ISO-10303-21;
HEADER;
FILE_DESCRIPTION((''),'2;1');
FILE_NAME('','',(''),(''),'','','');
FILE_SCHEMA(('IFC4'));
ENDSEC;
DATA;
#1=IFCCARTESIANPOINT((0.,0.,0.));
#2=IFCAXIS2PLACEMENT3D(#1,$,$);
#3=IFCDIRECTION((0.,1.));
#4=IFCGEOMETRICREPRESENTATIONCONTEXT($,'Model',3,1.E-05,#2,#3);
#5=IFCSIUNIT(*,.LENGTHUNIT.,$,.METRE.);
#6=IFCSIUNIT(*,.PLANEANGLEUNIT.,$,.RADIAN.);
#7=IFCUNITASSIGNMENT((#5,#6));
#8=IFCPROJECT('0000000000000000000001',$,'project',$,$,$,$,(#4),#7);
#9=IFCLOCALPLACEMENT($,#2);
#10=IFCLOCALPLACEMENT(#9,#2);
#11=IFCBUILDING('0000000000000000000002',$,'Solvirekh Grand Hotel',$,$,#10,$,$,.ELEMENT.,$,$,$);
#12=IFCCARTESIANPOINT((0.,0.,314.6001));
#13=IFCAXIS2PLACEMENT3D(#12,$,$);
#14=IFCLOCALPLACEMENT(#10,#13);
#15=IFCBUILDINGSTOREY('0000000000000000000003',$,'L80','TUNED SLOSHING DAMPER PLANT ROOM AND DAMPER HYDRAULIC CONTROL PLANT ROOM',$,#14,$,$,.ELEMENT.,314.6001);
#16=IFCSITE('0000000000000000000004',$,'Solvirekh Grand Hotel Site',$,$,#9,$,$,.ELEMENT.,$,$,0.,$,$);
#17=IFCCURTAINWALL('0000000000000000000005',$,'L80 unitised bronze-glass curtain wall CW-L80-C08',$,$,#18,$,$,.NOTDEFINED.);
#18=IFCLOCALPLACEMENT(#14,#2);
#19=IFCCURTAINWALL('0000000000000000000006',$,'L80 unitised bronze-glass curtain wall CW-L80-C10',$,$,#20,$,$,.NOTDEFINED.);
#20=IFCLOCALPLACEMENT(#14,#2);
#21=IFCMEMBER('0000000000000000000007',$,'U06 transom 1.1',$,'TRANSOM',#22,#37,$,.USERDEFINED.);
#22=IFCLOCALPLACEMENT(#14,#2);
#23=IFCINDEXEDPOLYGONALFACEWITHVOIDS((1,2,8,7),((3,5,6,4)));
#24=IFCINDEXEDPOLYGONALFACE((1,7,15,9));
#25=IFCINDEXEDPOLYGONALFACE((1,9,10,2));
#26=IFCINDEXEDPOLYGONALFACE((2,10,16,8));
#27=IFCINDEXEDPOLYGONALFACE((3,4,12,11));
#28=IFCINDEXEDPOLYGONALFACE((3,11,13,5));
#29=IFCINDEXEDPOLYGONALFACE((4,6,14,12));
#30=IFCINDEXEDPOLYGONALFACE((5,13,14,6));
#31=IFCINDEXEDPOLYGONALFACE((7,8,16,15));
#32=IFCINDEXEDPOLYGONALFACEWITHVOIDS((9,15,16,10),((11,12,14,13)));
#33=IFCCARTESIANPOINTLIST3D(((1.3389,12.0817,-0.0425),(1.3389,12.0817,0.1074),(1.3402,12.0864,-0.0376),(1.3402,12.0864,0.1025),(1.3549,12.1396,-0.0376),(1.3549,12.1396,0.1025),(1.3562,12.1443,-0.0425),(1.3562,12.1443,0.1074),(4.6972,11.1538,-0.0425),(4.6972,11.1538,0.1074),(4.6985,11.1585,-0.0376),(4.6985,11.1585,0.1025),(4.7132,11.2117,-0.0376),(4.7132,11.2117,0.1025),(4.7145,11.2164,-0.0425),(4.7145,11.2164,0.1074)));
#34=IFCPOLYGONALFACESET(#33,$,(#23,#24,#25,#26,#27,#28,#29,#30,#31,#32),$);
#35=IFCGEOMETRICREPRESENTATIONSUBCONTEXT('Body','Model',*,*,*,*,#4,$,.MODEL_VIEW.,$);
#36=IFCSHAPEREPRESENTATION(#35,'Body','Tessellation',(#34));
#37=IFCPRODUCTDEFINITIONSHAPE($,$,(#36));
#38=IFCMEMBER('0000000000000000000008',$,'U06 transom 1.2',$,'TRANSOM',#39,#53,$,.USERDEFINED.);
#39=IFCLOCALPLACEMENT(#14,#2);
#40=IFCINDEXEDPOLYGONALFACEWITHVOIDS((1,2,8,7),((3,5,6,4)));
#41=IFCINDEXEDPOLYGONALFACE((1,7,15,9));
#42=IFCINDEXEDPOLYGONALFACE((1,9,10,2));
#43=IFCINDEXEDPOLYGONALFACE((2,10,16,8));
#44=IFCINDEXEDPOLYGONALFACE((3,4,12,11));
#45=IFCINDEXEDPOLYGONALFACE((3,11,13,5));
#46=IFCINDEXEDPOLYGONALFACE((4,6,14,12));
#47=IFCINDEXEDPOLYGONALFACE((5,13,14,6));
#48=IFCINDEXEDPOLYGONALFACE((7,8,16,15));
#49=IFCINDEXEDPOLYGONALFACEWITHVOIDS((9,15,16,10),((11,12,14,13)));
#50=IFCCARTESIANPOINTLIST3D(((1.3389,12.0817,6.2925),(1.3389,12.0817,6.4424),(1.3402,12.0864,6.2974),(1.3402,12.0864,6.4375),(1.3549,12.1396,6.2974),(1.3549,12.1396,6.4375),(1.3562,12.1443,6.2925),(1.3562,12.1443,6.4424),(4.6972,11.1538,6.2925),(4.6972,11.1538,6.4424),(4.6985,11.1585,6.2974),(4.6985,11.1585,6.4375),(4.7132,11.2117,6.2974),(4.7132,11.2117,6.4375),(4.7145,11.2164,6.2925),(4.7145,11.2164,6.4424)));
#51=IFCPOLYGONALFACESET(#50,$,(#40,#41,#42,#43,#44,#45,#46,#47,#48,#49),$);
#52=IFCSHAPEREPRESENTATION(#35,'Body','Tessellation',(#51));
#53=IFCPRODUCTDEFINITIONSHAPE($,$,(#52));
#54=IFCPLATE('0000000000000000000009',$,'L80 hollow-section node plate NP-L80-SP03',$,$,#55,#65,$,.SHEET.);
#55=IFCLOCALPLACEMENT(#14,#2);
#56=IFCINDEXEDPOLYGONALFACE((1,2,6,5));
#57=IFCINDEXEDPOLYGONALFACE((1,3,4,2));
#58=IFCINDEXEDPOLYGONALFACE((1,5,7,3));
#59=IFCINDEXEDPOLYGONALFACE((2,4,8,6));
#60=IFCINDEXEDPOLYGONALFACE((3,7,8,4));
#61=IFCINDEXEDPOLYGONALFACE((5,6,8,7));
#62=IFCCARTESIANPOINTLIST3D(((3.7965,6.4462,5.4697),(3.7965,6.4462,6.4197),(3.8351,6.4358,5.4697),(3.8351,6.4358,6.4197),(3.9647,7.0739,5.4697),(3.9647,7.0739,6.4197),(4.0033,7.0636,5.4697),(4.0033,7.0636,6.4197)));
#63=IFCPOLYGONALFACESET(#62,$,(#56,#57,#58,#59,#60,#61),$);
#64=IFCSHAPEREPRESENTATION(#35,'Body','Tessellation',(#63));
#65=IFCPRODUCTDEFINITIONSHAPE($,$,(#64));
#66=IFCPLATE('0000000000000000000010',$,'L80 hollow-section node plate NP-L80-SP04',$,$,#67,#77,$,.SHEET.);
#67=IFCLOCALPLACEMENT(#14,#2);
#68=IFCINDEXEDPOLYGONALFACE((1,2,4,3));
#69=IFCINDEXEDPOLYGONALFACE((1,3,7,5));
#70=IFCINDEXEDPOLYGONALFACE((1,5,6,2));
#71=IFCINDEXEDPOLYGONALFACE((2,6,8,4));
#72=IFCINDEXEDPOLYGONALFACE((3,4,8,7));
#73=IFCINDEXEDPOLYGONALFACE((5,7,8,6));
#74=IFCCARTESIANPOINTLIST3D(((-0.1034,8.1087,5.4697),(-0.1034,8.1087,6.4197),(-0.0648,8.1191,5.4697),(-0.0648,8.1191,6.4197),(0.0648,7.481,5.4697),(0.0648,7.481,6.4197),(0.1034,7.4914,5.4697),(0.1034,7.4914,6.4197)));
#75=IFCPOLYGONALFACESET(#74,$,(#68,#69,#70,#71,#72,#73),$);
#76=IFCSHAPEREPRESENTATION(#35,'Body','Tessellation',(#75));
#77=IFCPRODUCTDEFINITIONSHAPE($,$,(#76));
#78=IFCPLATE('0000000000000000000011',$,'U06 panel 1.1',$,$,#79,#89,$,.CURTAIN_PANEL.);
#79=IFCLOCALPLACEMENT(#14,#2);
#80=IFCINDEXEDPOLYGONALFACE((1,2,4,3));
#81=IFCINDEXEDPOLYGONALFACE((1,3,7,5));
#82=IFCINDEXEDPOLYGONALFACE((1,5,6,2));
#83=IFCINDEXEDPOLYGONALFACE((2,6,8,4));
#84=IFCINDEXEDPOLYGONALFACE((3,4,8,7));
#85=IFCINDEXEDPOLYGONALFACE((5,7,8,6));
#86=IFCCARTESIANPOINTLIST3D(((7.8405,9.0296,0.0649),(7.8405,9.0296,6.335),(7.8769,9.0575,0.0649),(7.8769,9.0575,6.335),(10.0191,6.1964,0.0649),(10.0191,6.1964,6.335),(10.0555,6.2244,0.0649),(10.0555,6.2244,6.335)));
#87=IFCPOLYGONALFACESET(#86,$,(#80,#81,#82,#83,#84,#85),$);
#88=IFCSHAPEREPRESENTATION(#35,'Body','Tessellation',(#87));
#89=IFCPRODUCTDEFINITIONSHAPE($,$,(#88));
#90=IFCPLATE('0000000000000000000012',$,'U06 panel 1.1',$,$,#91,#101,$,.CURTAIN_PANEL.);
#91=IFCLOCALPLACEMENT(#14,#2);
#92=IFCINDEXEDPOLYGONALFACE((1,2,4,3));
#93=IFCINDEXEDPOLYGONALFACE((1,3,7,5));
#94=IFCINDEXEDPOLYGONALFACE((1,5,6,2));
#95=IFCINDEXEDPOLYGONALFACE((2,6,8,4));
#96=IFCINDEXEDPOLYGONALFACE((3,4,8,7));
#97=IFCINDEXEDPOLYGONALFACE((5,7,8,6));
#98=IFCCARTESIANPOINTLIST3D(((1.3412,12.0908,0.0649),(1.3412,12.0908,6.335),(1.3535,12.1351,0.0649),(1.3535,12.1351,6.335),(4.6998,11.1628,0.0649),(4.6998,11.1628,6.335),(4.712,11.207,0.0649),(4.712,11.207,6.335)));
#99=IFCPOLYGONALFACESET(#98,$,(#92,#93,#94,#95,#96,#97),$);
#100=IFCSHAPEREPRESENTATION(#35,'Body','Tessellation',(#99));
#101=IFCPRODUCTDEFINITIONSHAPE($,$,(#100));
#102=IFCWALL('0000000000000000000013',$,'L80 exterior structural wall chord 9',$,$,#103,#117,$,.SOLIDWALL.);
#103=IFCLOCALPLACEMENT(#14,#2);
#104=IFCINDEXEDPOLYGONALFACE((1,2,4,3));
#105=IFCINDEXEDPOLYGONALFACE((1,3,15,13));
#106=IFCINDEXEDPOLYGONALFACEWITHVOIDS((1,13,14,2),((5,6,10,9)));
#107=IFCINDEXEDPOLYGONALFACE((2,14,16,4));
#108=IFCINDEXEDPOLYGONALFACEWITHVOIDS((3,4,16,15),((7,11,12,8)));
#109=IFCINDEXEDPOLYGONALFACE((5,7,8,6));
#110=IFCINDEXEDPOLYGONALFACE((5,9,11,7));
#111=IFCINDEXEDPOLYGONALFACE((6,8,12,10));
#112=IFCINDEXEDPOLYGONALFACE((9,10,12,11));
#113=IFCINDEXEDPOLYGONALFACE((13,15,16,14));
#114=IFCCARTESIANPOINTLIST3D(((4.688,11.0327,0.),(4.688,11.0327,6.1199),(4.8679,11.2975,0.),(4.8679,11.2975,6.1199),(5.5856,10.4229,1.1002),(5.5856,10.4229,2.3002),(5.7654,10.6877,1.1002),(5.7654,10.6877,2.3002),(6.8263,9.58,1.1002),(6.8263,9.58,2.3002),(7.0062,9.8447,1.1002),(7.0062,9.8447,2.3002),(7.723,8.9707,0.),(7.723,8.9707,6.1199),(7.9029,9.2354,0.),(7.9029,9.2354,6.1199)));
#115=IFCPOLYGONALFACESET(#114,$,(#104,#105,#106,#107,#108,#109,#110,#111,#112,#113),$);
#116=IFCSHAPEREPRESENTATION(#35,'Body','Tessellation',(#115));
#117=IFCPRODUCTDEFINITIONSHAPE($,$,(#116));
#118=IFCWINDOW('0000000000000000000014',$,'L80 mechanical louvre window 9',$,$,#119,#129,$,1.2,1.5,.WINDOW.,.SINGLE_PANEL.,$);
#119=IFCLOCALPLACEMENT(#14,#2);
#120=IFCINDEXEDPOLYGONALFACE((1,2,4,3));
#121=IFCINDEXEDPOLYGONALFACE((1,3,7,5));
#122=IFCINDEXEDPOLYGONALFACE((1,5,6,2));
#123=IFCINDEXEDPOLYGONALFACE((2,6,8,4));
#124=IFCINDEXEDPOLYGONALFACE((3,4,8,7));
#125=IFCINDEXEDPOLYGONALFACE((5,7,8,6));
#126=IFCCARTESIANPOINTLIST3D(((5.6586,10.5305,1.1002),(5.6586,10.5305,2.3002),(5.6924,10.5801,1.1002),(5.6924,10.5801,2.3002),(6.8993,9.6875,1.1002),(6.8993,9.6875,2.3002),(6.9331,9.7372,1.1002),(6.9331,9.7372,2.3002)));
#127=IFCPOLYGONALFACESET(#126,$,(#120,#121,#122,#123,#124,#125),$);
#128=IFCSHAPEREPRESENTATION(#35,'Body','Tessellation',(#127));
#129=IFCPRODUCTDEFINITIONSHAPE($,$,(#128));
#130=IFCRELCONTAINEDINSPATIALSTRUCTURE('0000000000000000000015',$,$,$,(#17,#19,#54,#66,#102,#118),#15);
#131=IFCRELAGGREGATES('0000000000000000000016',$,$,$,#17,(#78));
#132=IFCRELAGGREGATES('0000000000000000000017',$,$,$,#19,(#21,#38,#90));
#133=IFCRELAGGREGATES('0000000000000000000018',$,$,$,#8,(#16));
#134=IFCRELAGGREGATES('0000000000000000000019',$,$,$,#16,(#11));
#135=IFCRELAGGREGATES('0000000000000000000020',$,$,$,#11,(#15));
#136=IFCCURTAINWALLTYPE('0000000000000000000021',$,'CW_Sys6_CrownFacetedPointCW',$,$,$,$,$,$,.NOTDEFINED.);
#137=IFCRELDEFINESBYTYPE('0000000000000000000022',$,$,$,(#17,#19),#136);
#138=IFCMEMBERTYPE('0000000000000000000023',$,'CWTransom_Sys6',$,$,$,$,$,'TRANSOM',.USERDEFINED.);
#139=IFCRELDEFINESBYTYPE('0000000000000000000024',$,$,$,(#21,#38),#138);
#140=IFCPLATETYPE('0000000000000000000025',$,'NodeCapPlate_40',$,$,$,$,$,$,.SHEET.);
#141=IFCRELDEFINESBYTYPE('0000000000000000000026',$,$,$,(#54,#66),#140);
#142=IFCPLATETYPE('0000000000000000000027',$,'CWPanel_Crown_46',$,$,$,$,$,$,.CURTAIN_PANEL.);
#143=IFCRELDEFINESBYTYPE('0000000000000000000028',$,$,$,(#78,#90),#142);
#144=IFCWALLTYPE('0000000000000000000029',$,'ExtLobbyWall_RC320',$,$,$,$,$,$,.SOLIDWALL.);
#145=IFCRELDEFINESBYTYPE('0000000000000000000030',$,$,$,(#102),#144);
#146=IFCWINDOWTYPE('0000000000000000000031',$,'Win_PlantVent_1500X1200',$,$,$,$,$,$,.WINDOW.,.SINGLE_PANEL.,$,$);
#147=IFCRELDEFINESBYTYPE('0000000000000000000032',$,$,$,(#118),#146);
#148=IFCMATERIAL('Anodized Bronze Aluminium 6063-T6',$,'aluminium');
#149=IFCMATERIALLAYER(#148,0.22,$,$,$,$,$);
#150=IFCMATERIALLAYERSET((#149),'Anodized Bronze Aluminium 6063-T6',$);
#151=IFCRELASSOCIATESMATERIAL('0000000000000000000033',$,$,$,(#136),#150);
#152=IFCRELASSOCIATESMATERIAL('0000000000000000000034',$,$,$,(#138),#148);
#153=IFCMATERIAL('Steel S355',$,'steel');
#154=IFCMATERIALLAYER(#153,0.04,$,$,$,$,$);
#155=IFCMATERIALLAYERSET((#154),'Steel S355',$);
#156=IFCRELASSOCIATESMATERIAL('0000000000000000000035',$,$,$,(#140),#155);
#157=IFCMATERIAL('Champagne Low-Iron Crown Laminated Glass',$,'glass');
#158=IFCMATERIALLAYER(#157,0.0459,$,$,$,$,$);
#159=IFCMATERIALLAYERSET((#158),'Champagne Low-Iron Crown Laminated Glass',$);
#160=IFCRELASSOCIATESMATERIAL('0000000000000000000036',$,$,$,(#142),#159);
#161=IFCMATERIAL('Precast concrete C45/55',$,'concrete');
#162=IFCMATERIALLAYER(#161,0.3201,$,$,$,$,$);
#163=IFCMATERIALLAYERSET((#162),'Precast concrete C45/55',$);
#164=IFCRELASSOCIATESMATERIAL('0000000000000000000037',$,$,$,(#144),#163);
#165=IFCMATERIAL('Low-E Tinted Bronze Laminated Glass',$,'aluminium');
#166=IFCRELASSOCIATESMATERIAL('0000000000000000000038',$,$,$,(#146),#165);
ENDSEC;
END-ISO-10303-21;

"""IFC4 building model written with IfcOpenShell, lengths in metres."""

from ifc_helpers import new_model, si_unit, direction, frame, frame_2d, origin, origin_2d, place, context, subcontext, project, spatial, rectangle, hollow_rectangle, extrude, source, transform, mapped, material, layer, layer_set, material_profile, profile_set, type_object, element, fill, aggregate, save


model = new_model("IFC4")

# Units and contexts
model_context = context("Model", 3, precision=1e-05, world=origin(), true_north=direction((0.0, 1.0)))
body_context = subcontext(model_context, "Body", "Model", "MODEL_VIEW")
ifc_project = project(units=[si_unit("LENGTHUNIT", "METRE"), si_unit("PLANEANGLEUNIT", "RADIAN")], contexts=[model_context])

# Site, building, storey
site_placement = place(None, origin())
site = spatial("IfcSite", under=ifc_project, at=site_placement, Name="Solvirekh Grand Hotel Site", CompositionType="ELEMENT", RefElevation=0.0)
building_placement = place(site_placement, origin())
building = spatial("IfcBuilding", under=site, at=building_placement, Name="Solvirekh Grand Hotel", CompositionType="ELEMENT")
storey_placement = place(building_placement, frame((0.0, 0.0, 314.6001)))
storey = spatial("IfcBuildingStorey", under=building, at=storey_placement, Name="L80", Description="TUNED SLOSHING DAMPER PLANT ROOM AND DAMPER HYDRAULIC CONTROL PLANT ROOM", CompositionType="ELEMENT", Elevation=314.6001)

# Shared definitions
ifc_material_1 = material(Name="Steel S355", Category="steel")

# Shared definitions
ifc_material_2 = material(Name="Anodized Bronze Aluminium 6063-T6", Category="aluminium")
ifc_layer_1 = layer(ifc_material_2, 0.22)
ifc_layer_set_1 = layer_set([ifc_layer_1], Name="Anodized Bronze Aluminium 6063-T6")
curtain_wall_type = type_object("IfcCurtainWallType", Name="CW_Sys6_CrownFacetedPointCW", PredefinedType="NOTDEFINED", material=ifc_layer_set_1)

# Curtain walls
curtain_wall_1_placement = place(storey_placement, origin())
curtain_wall_1 = element("IfcCurtainWall", 1, at=curtain_wall_1_placement, inside=storey, type_object=curtain_wall_type, Name="L80 unitised bronze-glass curtain wall CW-L80-C08", PredefinedType="NOTDEFINED")
curtain_wall_2_placement = place(storey_placement, origin())
curtain_wall_2 = element("IfcCurtainWall", 2, at=curtain_wall_2_placement, inside=storey, type_object=curtain_wall_type, Name="L80 unitised bronze-glass curtain wall CW-L80-C10", PredefinedType="NOTDEFINED")
ifc_material_profile_1 = material_profile(ifc_material_2, hollow_rectangle(XDim=0.0649, YDim=0.1499, WallThickness=0.0049, at=origin_2d()), Name="ALU RHS 150X65X5")
ifc_profile_set_1 = profile_set([ifc_material_profile_1], Name="Anodized Bronze Aluminium 6063-T6")
member_type_1 = type_object("IfcMemberType", Name="CWTransom_Sys6", ElementType="TRANSOM", PredefinedType="USERDEFINED", material=ifc_profile_set_1)

# Members
shared_shape_1 = source(origin(), body_context, "Body", "SweptSolid", [
    extrude(hollow_rectangle(XDim=0.0649, YDim=0.1499, WallThickness=0.0049, at=origin_2d()), origin(), (0.0, 0.0, 1.0), 3.4841),
])
member_1_placement = place(storey_placement, frame((4.7058, 11.1851, 0.0325), z_axis=(-0.96388, 0.266335, 0.0), x_axis=(-0.266335, -0.96388, 0.0)))
member_1 = element("IfcMember", 3, at=member_1_placement, type_object=member_type_1, Name="U06 transom 1.1", ObjectType="TRANSOM", PredefinedType="USERDEFINED", context=body_context, shape_type="MappedRepresentation", body=[
    mapped(shared_shape_1, transform((0.0, 0.0, 0.0), x_axis=(1.0, 0.0, 0.0), y_axis=(0.0, 1.0, 0.0), z_axis=(0.0, 0.0, 1.0), scale=1.0)),
])
member_2_placement = place(storey_placement, frame((4.7058, 11.1851, 6.3674), z_axis=(-0.96388, 0.266335, 0.0), x_axis=(-0.266335, -0.96388, 0.0)))
member_2 = element("IfcMember", 4, at=member_2_placement, type_object=member_type_1, Name="U06 transom 1.2", ObjectType="TRANSOM", PredefinedType="USERDEFINED", context=body_context, shape_type="MappedRepresentation", body=[
    mapped(shared_shape_1, transform((0.0, 0.0, 0.0), x_axis=(1.0, 0.0, 0.0), y_axis=(0.0, 1.0, 0.0), z_axis=(0.0, 0.0, 1.0), scale=1.0)),
])

# Plates
ifc_layer_2 = layer(ifc_material_1, 0.04)
ifc_layer_set_2 = layer_set([ifc_layer_2], Name="Steel S355")
plate_type_1 = type_object("IfcPlateType", Name="NodeCapPlate_40", PredefinedType="SHEET", material=ifc_layer_set_2)
for number, where, z_axis, x_axis, name in (
    (5, (3.8999, 6.7549, 5.4697), (0.0, 0.0, 1.0), (-0.965926, 0.258819, 0.0), "L80 hollow-section node plate NP-L80-SP03"),
    (6, (0.0, 7.8, 5.4697), (0.0, 0.0, 1.0), (-0.965926, -0.258819, 0.0), "L80 hollow-section node plate NP-L80-SP04"),
):
    element("IfcPlate", number, at=place(storey_placement, frame(where, z_axis=z_axis, x_axis=x_axis)), inside=storey, type_object=plate_type_1, Name=name, PredefinedType="SHEET", context=body_context, shape_type="SweptSolid", body=[
        extrude(rectangle(XDim=0.04, YDim=0.6499, at=origin_2d()), origin(), (0.0, 0.0, 1.0), 0.95),
    ])

# Plates
ifc_material_3 = material(Name="Champagne Low-Iron Crown Laminated Glass", Category="glass")
ifc_layer_3 = layer(ifc_material_3, 0.0459)
ifc_layer_set_3 = layer_set([ifc_layer_3], Name="Champagne Low-Iron Crown Laminated Glass")
plate_type_2 = type_object("IfcPlateType", Name="CWPanel_Crown_46", PredefinedType="CURTAIN_PANEL", material=ifc_layer_set_3)
shared_shape_2 = source(origin(), body_context, "Body", "SweptSolid", [
    extrude(rectangle(XDim=3.574, YDim=0.0459, at=origin_2d()), origin(), (0.0, 0.0, 1.0), 6.27),
])
plate_1_placement = place(storey_placement, frame((8.948, 7.627, 0.0649), z_axis=(0.0, 0.0, 1.0), x_axis=(-0.609581, 0.792724, 0.0)))
plate_1 = element("IfcPlate", 7, at=plate_1_placement, type_object=plate_type_2, Name="U06 panel 1.1", PredefinedType="CURTAIN_PANEL", context=body_context, shape_type="MappedRepresentation", body=[
    mapped(shared_shape_2, transform((0.0, 0.0, 0.0), x_axis=(1.0, 0.0, 0.0), y_axis=(0.0, 1.0, 0.0), z_axis=(0.0, 0.0, 1.0), scale=1.0)),
])
aggregate(curtain_wall_1, [plate_1])
shared_shape_3 = source(origin(), body_context, "Body", "SweptSolid", [
    extrude(rectangle(XDim=3.4844, YDim=0.0459, at=origin_2d()), origin(), (0.0, 0.0, 1.0), 6.27),
])
plate_2_placement = place(storey_placement, frame((3.0266, 11.6489, 0.0649), z_axis=(0.0, 0.0, 1.0), x_axis=(-0.963876, 0.266352, 0.0)))
plate_2 = element("IfcPlate", 8, at=plate_2_placement, type_object=plate_type_2, Name="U06 panel 1.1", PredefinedType="CURTAIN_PANEL", context=body_context, shape_type="MappedRepresentation", body=[
    mapped(shared_shape_3, transform((0.0, 0.0, 0.0), x_axis=(1.0, 0.0, 0.0), y_axis=(0.0, 1.0, 0.0), z_axis=(0.0, 0.0, 1.0), scale=1.0)),
])
aggregate(curtain_wall_2, [member_1, member_2, plate_2])

# Wall, opening, window
ifc_material_4 = material(Name="Precast concrete C45/55", Category="concrete")
ifc_layer_4 = layer(ifc_material_4, 0.3201)
ifc_layer_set_4 = layer_set([ifc_layer_4], Name="Precast concrete C45/55")
wall_type = type_object("IfcWallType", Name="ExtLobbyWall_RC320", PredefinedType="SOLIDWALL", material=ifc_layer_set_4)
wall_placement = place(storey_placement, frame((4.7781, 11.165, 0.0), z_axis=(0.0, 0.0, 1.0), x_axis=(0.827145, -0.561988, 0.0)))
wall = element("IfcWall", 9, at=wall_placement, inside=storey, type_object=wall_type, Name="L80 exterior structural wall chord 9", PredefinedType="SOLIDWALL", context=body_context, shape_type="SweptSolid", body=[
    extrude(rectangle(XDim=3.6692, YDim=0.3201, at=frame_2d((1.8345, 0.0))), origin(), (0.0, 0.0, 1.0), 6.1199),
])
opening_placement = place(wall_placement, frame((1.085, 0.0, 1.1001)))
opening = element("IfcOpeningElement", 10, at=opening_placement, cuts=wall, PredefinedType="OPENING", context=body_context, shape_type="SweptSolid", body=[
    extrude(rectangle(XDim=1.5, YDim=1.2, at=frame_2d((0.75, 0.6001))), frame((0.0, 0.1699, 0.0), z_axis=(0.0, -1.0, 0.0), x_axis=(1.0, 0.0, 0.0)), (0.0, 0.0, 1.0), 0.3401),
])
ifc_material_5 = material(Name="Low-E Tinted Bronze Laminated Glass", Category="aluminium")
window_type = type_object("IfcWindowType", Name="Win_PlantVent_1500X1200", PartitioningType="SINGLE_PANEL", PredefinedType="WINDOW", material=ifc_material_5)
window_placement = place(opening_placement, origin())
window = element("IfcWindow", 11, at=window_placement, inside=storey, type_object=window_type, Name="L80 mechanical louvre window 9", OverallHeight=1.2, OverallWidth=1.5, PartitioningType="SINGLE_PANEL", PredefinedType="WINDOW", context=body_context, shape_type="SweptSolid", body=[
    extrude(rectangle(XDim=1.5, YDim=1.2, at=frame_2d((0.75, 0.6001))), frame((0.0, 0.03, 0.0), z_axis=(0.0, -1.0, 0.0), x_axis=(1.0, 0.0, 0.0)), (0.0, 0.0, 1.0), 0.0601),
])
fill(opening, window)

save(model, "model.ifc")
